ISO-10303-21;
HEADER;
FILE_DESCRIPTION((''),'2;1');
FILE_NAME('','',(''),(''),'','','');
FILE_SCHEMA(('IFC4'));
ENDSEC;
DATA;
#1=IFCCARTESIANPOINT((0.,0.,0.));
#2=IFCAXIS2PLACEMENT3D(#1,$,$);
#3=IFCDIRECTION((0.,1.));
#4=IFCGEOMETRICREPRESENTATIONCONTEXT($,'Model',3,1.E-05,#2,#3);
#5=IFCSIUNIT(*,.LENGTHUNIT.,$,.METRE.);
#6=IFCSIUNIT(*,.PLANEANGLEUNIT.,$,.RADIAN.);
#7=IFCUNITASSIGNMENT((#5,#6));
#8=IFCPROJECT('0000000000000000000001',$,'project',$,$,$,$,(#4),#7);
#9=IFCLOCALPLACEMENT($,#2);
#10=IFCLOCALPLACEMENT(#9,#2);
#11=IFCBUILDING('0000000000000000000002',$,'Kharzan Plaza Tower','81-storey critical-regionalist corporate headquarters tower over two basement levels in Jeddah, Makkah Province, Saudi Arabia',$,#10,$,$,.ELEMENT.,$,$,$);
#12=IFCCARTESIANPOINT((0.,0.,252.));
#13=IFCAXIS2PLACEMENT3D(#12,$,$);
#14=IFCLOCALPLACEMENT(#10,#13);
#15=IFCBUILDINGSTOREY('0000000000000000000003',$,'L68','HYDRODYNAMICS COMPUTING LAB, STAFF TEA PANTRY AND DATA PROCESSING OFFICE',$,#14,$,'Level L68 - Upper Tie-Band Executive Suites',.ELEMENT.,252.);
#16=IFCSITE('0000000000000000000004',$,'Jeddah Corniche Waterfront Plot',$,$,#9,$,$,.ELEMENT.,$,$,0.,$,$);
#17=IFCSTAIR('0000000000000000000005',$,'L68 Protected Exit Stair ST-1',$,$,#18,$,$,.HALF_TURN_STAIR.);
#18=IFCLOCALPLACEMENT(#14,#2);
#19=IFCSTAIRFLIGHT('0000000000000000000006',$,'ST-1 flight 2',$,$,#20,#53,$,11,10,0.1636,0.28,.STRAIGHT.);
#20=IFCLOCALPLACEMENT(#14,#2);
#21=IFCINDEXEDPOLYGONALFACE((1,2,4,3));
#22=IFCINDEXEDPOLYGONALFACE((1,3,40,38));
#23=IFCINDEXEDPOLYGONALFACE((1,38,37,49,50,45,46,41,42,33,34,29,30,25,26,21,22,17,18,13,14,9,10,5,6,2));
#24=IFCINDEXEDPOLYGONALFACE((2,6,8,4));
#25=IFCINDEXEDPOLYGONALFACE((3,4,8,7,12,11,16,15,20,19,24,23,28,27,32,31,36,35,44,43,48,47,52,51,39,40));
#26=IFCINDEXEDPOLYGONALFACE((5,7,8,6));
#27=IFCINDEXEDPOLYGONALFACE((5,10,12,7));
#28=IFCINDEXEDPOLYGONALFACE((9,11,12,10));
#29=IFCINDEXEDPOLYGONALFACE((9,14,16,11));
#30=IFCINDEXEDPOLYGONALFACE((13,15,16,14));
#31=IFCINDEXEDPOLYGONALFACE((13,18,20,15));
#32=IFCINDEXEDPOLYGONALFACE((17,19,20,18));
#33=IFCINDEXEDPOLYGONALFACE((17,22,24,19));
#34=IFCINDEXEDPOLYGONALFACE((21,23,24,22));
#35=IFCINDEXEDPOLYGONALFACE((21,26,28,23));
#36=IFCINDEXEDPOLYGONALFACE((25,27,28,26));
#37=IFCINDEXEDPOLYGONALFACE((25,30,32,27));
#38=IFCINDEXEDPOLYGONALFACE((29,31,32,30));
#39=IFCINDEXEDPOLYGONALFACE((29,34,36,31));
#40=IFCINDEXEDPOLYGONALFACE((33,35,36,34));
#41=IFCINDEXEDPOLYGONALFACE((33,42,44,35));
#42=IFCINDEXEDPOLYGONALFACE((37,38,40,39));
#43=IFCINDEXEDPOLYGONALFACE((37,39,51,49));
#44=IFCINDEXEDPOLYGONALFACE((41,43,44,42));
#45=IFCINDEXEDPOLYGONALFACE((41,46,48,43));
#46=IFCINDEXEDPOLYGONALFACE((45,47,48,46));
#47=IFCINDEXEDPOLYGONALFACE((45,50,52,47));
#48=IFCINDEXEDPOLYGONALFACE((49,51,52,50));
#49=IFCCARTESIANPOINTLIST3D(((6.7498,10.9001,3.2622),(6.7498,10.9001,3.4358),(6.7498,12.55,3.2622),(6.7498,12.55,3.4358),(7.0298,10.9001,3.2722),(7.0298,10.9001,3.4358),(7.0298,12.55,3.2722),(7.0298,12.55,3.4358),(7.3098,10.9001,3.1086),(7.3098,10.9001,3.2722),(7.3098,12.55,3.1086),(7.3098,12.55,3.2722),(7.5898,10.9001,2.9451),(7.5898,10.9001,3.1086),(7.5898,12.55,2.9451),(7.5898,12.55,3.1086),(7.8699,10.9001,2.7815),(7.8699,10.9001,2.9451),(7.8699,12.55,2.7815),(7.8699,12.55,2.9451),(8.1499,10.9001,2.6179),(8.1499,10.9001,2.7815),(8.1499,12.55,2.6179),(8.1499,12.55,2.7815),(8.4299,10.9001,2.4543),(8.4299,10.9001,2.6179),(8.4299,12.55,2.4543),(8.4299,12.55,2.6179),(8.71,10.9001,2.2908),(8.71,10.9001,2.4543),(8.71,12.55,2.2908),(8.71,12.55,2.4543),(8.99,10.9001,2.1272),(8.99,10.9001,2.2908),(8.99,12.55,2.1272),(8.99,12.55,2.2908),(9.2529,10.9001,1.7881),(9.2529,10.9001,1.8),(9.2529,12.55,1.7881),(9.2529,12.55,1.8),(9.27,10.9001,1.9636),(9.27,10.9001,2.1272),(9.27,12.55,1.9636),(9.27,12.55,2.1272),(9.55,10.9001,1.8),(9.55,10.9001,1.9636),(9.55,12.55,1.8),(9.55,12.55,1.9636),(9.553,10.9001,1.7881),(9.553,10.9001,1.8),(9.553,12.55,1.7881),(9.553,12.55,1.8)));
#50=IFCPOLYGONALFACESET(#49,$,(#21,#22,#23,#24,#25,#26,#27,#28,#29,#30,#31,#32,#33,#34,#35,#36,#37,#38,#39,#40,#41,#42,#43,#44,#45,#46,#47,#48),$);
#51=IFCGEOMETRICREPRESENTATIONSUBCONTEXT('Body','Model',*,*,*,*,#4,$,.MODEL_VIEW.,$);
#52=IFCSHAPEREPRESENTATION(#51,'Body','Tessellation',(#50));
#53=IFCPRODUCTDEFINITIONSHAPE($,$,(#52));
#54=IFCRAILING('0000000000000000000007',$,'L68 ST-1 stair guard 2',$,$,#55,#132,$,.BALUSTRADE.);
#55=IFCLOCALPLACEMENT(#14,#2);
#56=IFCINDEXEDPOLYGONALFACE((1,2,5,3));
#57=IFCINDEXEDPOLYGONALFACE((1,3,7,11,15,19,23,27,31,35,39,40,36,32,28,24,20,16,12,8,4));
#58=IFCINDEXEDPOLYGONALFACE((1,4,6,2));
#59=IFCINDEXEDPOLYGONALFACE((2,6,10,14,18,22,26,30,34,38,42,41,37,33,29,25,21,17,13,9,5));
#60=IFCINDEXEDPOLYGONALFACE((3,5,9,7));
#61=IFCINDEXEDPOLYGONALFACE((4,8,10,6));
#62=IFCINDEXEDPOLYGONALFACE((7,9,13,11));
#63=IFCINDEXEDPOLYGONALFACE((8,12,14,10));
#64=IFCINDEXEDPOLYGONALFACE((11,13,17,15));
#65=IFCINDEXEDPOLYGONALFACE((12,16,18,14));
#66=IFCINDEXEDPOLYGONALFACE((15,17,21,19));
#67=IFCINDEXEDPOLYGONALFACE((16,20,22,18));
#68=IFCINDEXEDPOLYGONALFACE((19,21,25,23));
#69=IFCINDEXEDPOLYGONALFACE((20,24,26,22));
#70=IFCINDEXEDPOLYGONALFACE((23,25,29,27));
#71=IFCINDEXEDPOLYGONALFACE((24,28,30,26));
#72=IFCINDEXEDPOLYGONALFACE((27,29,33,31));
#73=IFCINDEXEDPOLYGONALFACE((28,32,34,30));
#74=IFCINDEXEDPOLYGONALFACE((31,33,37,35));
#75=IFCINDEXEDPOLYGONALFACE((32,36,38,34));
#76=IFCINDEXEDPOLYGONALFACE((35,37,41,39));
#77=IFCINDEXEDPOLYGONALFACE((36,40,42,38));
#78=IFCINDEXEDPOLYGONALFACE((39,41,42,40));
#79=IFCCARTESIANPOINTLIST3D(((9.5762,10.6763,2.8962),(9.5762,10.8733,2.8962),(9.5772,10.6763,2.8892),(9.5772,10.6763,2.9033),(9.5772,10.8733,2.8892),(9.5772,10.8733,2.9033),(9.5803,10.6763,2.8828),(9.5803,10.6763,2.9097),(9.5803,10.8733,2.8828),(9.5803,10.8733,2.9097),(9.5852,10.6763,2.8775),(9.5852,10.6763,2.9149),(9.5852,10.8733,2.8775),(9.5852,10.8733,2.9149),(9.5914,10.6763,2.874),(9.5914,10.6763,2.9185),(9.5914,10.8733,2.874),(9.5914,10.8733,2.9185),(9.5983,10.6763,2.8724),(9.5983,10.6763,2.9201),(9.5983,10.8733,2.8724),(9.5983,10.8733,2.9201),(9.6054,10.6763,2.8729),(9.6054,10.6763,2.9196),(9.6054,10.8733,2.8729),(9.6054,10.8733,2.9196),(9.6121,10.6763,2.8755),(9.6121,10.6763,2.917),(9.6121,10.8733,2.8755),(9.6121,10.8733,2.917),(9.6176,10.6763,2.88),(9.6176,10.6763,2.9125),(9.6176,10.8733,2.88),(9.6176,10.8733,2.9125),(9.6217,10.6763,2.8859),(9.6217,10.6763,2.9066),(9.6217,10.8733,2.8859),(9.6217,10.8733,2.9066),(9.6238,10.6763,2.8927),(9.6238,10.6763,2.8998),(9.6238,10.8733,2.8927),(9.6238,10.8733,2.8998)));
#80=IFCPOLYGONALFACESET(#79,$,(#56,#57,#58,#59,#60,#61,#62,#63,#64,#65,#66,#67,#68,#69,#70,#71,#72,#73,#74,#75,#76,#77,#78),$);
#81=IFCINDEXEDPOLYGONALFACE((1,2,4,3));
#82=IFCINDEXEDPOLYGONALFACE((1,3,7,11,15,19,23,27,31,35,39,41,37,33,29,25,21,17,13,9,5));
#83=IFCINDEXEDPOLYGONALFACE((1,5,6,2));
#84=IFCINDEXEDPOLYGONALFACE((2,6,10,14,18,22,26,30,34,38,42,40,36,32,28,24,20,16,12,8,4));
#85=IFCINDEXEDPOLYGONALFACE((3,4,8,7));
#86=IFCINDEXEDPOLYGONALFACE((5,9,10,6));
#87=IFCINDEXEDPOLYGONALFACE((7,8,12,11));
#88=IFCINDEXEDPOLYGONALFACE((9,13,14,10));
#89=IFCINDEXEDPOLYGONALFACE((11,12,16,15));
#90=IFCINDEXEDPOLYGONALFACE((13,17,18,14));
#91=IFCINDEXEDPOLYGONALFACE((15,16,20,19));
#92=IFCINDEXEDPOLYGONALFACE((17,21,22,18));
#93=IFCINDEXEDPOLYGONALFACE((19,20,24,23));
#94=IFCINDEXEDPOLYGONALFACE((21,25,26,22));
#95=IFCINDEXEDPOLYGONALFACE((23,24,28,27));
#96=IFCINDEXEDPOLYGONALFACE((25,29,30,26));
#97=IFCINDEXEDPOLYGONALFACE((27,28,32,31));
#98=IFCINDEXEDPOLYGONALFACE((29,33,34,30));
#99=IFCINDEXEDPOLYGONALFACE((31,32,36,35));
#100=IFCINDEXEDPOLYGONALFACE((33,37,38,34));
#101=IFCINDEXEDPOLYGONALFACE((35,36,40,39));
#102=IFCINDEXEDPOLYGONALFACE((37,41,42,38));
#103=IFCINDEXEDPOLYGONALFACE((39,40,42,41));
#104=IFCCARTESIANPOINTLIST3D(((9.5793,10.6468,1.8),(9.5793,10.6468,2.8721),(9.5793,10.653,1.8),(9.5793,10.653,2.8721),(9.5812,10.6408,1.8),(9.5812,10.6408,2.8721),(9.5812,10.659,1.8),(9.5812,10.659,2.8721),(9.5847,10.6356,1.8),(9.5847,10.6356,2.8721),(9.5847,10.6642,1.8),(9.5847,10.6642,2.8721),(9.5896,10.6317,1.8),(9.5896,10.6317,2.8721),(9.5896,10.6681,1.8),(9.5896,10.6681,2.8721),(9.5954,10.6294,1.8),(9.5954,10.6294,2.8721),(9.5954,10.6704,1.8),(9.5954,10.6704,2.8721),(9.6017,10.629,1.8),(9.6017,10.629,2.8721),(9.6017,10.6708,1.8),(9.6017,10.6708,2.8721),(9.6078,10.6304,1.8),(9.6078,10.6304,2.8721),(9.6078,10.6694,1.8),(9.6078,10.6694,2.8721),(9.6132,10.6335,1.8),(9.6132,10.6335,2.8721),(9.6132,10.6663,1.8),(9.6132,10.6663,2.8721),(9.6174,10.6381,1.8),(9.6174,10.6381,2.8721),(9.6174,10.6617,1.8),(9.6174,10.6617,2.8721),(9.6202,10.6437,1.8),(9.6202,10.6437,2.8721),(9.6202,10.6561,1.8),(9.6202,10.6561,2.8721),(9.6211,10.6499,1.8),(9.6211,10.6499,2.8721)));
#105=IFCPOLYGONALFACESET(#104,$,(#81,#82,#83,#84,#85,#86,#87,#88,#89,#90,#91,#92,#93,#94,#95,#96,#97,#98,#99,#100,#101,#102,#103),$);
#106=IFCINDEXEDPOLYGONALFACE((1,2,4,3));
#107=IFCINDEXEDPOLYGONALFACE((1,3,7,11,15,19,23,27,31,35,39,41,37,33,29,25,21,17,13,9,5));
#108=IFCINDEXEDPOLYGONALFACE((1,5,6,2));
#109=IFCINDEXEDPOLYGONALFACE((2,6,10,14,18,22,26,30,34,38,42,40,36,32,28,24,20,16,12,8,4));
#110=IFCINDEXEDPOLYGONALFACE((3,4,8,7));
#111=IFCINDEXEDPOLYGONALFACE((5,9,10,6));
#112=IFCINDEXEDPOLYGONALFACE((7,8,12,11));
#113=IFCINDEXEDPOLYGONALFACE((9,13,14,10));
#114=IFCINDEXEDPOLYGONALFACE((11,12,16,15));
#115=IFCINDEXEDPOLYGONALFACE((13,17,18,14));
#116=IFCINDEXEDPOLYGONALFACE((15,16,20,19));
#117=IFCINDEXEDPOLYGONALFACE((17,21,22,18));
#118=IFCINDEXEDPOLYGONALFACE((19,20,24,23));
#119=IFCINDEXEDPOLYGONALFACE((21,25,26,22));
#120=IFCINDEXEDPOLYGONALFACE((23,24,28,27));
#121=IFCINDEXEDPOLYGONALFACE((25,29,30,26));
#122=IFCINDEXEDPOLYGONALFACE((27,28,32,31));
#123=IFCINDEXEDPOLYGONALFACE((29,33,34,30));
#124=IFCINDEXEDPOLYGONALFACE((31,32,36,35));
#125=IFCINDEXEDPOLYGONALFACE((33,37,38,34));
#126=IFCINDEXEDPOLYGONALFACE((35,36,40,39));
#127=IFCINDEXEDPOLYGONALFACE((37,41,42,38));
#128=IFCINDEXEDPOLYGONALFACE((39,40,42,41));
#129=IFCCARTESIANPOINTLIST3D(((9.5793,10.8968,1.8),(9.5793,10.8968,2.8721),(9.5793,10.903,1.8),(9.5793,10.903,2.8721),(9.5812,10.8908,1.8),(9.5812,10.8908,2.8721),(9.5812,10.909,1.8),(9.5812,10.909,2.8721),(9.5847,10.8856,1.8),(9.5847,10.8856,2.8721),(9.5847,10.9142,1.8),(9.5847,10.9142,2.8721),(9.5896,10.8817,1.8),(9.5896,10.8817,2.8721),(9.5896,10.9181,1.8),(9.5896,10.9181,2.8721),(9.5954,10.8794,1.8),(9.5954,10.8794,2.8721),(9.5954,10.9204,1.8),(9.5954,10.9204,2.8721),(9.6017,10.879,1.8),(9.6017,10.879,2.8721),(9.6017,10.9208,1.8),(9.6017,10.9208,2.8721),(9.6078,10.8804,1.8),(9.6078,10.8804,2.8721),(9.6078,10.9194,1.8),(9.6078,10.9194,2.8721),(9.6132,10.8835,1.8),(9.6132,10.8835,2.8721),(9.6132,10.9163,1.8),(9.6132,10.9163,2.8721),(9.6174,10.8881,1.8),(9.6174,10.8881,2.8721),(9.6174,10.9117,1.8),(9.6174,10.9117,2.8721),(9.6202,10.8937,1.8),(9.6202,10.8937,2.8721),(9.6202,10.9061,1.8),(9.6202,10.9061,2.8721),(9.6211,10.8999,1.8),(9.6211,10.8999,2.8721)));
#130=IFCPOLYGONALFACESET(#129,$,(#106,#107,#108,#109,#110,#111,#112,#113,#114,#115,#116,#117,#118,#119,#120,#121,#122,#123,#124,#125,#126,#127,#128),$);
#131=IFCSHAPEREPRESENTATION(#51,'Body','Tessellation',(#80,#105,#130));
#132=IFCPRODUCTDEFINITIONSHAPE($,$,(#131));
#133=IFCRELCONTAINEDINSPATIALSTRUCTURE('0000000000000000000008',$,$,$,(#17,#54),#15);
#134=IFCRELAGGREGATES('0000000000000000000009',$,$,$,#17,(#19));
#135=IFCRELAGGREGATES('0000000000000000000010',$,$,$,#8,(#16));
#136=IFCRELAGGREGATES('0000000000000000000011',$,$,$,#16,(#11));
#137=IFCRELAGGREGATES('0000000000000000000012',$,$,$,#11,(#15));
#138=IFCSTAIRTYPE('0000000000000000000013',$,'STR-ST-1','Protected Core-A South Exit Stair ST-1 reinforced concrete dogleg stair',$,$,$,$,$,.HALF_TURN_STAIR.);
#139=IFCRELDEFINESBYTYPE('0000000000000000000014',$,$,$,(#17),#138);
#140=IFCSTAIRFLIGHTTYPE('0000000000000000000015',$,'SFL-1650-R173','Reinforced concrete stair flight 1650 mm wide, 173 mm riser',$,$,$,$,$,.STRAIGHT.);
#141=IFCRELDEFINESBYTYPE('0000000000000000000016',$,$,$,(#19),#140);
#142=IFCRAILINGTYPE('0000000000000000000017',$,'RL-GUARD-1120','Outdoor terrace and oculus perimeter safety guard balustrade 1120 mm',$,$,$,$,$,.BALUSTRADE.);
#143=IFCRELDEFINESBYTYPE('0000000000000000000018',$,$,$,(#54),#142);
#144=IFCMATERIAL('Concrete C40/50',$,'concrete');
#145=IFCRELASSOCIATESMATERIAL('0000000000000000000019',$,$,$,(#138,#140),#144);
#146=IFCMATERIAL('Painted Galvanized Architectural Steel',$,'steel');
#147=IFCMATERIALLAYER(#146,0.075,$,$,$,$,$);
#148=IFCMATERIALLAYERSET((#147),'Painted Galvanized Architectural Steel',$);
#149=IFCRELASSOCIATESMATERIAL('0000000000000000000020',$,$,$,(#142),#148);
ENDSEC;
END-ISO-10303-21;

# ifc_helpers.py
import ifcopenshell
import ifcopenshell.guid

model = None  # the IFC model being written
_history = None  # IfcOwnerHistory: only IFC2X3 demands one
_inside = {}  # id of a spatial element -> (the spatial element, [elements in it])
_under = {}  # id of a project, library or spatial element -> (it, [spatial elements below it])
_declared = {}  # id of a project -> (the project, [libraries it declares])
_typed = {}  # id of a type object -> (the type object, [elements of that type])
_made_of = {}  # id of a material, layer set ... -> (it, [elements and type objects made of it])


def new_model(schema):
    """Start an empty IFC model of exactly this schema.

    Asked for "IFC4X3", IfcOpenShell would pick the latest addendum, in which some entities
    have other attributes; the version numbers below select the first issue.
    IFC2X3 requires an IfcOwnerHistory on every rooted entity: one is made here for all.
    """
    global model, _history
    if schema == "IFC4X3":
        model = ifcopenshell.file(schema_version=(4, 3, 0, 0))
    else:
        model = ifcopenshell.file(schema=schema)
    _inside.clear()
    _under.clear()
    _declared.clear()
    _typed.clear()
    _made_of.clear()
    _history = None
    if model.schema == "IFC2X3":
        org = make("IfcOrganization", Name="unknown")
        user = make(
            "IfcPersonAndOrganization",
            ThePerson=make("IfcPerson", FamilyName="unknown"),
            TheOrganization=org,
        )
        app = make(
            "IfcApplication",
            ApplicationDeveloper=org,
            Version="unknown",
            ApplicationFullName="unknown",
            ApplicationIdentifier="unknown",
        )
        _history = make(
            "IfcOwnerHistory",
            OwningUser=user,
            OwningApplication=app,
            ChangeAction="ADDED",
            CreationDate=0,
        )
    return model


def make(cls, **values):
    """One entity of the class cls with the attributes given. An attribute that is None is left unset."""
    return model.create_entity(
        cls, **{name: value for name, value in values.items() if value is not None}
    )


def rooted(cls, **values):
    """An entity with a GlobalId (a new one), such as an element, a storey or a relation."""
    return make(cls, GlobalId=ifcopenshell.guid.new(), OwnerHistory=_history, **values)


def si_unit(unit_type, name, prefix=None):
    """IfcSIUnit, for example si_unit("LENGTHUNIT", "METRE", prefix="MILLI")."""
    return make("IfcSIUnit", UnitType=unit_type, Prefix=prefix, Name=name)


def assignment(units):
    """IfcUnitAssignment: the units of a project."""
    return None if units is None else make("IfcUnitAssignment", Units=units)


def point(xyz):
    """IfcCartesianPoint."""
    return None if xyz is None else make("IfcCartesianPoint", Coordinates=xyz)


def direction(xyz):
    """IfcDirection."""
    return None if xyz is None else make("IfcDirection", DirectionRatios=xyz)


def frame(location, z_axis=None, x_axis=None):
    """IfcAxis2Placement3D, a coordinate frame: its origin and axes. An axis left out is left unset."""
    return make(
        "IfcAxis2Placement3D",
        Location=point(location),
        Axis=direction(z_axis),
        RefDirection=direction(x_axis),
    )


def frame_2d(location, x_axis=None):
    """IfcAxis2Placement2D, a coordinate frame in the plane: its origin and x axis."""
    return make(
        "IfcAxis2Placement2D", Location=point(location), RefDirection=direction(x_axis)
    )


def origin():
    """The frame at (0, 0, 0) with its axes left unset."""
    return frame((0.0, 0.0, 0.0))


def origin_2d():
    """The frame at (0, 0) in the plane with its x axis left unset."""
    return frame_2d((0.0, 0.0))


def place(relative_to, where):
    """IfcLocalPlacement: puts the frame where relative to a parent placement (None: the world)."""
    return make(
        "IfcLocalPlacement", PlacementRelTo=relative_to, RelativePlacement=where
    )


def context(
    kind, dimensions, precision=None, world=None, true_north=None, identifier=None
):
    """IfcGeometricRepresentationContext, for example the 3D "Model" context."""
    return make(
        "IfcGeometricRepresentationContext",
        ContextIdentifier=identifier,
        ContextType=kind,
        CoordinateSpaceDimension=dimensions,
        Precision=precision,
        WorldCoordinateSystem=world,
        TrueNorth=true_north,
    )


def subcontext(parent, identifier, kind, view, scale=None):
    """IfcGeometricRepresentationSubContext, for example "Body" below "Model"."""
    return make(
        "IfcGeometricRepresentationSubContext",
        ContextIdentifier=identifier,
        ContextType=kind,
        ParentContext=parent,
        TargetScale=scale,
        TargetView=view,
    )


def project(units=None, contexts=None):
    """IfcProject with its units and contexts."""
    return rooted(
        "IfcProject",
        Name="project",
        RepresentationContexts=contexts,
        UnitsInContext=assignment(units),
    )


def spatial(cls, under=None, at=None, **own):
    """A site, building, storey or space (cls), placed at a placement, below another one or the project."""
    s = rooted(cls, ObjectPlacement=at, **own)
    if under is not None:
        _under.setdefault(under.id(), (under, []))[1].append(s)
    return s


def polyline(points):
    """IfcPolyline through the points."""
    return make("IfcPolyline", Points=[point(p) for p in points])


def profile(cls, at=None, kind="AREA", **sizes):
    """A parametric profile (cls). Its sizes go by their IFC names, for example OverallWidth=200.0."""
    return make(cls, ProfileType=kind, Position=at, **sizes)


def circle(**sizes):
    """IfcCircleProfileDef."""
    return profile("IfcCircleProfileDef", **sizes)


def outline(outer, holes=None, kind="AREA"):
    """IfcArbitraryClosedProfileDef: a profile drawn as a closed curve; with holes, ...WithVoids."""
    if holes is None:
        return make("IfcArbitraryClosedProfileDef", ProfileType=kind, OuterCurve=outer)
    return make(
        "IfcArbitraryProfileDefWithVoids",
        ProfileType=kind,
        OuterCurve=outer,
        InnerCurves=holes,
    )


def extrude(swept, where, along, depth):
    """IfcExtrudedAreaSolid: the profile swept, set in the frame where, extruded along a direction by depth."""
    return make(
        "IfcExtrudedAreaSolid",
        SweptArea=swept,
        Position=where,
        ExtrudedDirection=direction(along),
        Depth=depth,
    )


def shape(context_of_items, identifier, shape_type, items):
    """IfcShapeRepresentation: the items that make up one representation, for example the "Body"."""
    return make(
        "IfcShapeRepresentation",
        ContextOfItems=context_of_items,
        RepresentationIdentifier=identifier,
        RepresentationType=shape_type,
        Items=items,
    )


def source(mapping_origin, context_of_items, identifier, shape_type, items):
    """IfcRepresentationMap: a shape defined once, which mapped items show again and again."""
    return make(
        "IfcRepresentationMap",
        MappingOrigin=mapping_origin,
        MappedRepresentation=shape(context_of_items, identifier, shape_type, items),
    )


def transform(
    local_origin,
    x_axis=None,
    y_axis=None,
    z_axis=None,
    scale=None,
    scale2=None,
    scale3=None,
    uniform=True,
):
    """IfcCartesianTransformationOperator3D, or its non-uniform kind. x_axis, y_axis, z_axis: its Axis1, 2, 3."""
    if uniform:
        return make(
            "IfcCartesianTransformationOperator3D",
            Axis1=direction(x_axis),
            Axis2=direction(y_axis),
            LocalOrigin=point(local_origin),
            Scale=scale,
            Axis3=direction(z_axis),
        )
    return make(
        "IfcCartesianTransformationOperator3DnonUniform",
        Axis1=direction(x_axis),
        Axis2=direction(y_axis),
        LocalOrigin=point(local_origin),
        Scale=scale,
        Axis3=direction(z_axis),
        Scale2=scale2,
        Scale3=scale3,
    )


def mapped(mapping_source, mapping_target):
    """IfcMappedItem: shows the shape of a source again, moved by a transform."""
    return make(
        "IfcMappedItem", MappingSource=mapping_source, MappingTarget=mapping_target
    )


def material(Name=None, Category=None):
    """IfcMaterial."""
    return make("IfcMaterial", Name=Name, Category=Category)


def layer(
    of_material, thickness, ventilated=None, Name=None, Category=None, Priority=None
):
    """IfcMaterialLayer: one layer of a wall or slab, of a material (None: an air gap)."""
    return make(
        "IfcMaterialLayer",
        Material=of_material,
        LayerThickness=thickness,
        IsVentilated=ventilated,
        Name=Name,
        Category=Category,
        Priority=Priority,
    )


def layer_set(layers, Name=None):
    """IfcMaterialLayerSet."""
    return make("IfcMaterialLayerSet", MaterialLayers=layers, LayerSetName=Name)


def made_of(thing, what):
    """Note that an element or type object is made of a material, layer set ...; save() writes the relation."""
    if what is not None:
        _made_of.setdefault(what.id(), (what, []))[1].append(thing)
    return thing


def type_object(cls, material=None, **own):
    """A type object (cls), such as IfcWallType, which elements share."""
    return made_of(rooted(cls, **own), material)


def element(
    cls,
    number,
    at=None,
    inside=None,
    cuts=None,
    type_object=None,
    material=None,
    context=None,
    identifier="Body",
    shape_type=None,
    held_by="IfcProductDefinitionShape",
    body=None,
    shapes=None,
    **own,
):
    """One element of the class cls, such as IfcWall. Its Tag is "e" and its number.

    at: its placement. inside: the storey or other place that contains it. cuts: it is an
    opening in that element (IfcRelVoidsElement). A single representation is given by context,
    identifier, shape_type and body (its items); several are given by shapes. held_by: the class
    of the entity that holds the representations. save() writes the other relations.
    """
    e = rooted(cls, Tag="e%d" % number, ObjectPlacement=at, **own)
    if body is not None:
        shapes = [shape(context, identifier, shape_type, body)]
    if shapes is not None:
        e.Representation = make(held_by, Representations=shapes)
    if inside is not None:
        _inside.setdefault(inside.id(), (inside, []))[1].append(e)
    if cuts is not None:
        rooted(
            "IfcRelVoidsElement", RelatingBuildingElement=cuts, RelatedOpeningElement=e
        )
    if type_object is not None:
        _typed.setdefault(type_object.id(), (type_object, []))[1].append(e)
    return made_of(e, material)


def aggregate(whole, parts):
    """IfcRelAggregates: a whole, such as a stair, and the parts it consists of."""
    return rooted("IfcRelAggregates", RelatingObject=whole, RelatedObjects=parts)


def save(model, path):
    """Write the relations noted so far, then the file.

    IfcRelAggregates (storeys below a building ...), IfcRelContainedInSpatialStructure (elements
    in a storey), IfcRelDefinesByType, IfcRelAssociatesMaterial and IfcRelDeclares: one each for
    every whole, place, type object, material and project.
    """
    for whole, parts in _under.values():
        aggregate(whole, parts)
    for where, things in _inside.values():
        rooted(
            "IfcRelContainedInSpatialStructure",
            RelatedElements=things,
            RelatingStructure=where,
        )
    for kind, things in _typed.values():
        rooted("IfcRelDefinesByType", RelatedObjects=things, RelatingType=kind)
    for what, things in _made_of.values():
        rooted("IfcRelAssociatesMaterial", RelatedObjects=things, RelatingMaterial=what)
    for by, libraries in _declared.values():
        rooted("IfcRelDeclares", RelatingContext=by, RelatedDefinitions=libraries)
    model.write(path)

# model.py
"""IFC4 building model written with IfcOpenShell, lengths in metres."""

from ifc_helpers import new_model, si_unit, direction, frame, origin, origin_2d, place, context, subcontext, project, spatial, polyline, circle, outline, extrude, source, transform, mapped, material, layer, layer_set, type_object, element, aggregate, save


model = new_model("IFC4")

# Units and contexts
model_context = context("Model", 3, precision=1e-05, world=origin(), true_north=direction((0.0, 1.0)))
body_context = subcontext(model_context, "Body", "Model", "MODEL_VIEW")
ifc_project = project(units=[si_unit("LENGTHUNIT", "METRE"), si_unit("PLANEANGLEUNIT", "RADIAN")], contexts=[model_context])

# Site, building, storey
site_placement = place(None, origin())
site = spatial("IfcSite", under=ifc_project, at=site_placement, Name="Jeddah Corniche Waterfront Plot", CompositionType="ELEMENT", RefElevation=0.0)
building_placement = place(site_placement, origin())
building = spatial("IfcBuilding", under=site, at=building_placement, Name="Kharzan Plaza Tower", Description="81-storey critical-regionalist corporate headquarters tower over two basement levels in Jeddah, Makkah Province, Saudi Arabia", CompositionType="ELEMENT")
storey_placement = place(building_placement, frame((0.0, 0.0, 252.0)))
storey = spatial("IfcBuildingStorey", under=building, at=storey_placement, Name="L68", Description="HYDRODYNAMICS COMPUTING LAB, STAFF TEA PANTRY AND DATA PROCESSING OFFICE", LongName="Level L68 - Upper Tie-Band Executive Suites", CompositionType="ELEMENT", Elevation=252.0)

# Shared definitions
ifc_material_1 = material(Name="Concrete C40/50", Category="concrete")

# Stair, stair flight
stair_type = type_object("IfcStairType", Name="STR-ST-1", Description="Protected Core-A South Exit Stair ST-1 reinforced concrete dogleg stair", PredefinedType="HALF_TURN_STAIR", material=ifc_material_1)
stair_placement = place(storey_placement, origin())
stair = element("IfcStair", 1, at=stair_placement, inside=storey, type_object=stair_type, Name="L68 Protected Exit Stair ST-1", PredefinedType="HALF_TURN_STAIR")
stair_flight_type = type_object("IfcStairFlightType", Name="SFL-1650-R173", Description="Reinforced concrete stair flight 1650 mm wide, 173 mm riser", PredefinedType="STRAIGHT", material=ifc_material_1)
shared_shape_1 = source(origin(), body_context, "Body", "SweptSolid", [
    extrude(outline(polyline([(-0.0029, -0.012), (-0.0029, 0.0), (0.0, 0.0), (0.0, 0.1636), (0.28, 0.1636), (0.28, 0.3271), (0.5601, 0.3271), (0.5601, 0.4907), (0.8401, 0.4907), (0.8401, 0.6543), (1.1201, 0.6543), (1.1201, 0.8179), (1.4001, 0.8179), (1.4001, 0.9814), (1.6802, 0.9814), (1.6802, 1.145), (1.9602, 1.145), (1.9602, 1.3086), (2.2402, 1.3086), (2.2402, 1.4722), (2.5203, 1.4722), (2.5203, 1.6357), (2.8003, 1.6357), (2.8003, 1.7993), (2.8003, 1.4622), (0.2971, 0.0), (0.2971, -0.012), (-0.0029, -0.012)])), frame((0.0, 0.825, 0.0), z_axis=(0.0, -1.0, 0.0), x_axis=(1.0, 0.0, 0.0)), (0.0, 0.0, 1.0), 1.6499),
])
stair_flight_placement = place(storey_placement, frame((9.55, 11.7251, 1.8), z_axis=(0.0, 0.0, 1.0), x_axis=(-1.0, 0.0, 0.0)))
stair_flight = element("IfcStairFlight", 2, at=stair_flight_placement, type_object=stair_flight_type, Name="ST-1 flight 2", NumberOfRisers=11, NumberOfTreads=10, PredefinedType="STRAIGHT", RiserHeight=0.1636, TreadLength=0.28, context=body_context, shape_type="MappedRepresentation", body=[
    mapped(shared_shape_1, transform((0.0, 0.0, 0.0), x_axis=(1.0, 0.0, 0.0), y_axis=(0.0, 1.0, 0.0), z_axis=(0.0, 0.0, 1.0))),
])
aggregate(stair, [stair_flight])

# Railing
ifc_material_2 = material(Name="Painted Galvanized Architectural Steel", Category="steel")
ifc_layer_1 = layer(ifc_material_2, 0.075)
ifc_layer_set_1 = layer_set([ifc_layer_1], Name="Painted Galvanized Architectural Steel")
railing_type_1 = type_object("IfcRailingType", Name="RL-GUARD-1120", Description="Outdoor terrace and oculus perimeter safety guard balustrade 1120 mm", PredefinedType="BALUSTRADE", material=ifc_layer_set_1)
shared_shape_2 = source(origin(), body_context, "Body", "SweptSolid", [
    extrude(circle(Radius=0.0239, at=origin_2d()), frame((0.0, 0.0264, 1.0962), z_axis=(0.0, 1.0, 0.0), x_axis=(-1.0, 0.0, 0.0)), (0.0, 0.0, 1.0), 0.197),
    extrude(circle(Radius=0.021, at=origin_2d()), origin(), (0.0, 0.0, 1.0), 1.072),
    extrude(circle(Radius=0.021, at=origin_2d()), frame((0.0, 0.25, 0.0)), (0.0, 0.0, 1.0), 1.072),
])
railing_1_placement = place(storey_placement, frame((9.6001, 10.6499, 1.8)))
element("IfcRailing", 3, at=railing_1_placement, inside=storey, type_object=railing_type_1, Name="L68 ST-1 stair guard 2", PredefinedType="BALUSTRADE", context=body_context, shape_type="MappedRepresentation", body=[
    mapped(shared_shape_2, transform((0.0, 0.0, 0.0), x_axis=(1.0, 0.0, 0.0), y_axis=(0.0, 1.0, 0.0), z_axis=(0.0, 0.0, 1.0))),
])

save(model, "model.ifc")
